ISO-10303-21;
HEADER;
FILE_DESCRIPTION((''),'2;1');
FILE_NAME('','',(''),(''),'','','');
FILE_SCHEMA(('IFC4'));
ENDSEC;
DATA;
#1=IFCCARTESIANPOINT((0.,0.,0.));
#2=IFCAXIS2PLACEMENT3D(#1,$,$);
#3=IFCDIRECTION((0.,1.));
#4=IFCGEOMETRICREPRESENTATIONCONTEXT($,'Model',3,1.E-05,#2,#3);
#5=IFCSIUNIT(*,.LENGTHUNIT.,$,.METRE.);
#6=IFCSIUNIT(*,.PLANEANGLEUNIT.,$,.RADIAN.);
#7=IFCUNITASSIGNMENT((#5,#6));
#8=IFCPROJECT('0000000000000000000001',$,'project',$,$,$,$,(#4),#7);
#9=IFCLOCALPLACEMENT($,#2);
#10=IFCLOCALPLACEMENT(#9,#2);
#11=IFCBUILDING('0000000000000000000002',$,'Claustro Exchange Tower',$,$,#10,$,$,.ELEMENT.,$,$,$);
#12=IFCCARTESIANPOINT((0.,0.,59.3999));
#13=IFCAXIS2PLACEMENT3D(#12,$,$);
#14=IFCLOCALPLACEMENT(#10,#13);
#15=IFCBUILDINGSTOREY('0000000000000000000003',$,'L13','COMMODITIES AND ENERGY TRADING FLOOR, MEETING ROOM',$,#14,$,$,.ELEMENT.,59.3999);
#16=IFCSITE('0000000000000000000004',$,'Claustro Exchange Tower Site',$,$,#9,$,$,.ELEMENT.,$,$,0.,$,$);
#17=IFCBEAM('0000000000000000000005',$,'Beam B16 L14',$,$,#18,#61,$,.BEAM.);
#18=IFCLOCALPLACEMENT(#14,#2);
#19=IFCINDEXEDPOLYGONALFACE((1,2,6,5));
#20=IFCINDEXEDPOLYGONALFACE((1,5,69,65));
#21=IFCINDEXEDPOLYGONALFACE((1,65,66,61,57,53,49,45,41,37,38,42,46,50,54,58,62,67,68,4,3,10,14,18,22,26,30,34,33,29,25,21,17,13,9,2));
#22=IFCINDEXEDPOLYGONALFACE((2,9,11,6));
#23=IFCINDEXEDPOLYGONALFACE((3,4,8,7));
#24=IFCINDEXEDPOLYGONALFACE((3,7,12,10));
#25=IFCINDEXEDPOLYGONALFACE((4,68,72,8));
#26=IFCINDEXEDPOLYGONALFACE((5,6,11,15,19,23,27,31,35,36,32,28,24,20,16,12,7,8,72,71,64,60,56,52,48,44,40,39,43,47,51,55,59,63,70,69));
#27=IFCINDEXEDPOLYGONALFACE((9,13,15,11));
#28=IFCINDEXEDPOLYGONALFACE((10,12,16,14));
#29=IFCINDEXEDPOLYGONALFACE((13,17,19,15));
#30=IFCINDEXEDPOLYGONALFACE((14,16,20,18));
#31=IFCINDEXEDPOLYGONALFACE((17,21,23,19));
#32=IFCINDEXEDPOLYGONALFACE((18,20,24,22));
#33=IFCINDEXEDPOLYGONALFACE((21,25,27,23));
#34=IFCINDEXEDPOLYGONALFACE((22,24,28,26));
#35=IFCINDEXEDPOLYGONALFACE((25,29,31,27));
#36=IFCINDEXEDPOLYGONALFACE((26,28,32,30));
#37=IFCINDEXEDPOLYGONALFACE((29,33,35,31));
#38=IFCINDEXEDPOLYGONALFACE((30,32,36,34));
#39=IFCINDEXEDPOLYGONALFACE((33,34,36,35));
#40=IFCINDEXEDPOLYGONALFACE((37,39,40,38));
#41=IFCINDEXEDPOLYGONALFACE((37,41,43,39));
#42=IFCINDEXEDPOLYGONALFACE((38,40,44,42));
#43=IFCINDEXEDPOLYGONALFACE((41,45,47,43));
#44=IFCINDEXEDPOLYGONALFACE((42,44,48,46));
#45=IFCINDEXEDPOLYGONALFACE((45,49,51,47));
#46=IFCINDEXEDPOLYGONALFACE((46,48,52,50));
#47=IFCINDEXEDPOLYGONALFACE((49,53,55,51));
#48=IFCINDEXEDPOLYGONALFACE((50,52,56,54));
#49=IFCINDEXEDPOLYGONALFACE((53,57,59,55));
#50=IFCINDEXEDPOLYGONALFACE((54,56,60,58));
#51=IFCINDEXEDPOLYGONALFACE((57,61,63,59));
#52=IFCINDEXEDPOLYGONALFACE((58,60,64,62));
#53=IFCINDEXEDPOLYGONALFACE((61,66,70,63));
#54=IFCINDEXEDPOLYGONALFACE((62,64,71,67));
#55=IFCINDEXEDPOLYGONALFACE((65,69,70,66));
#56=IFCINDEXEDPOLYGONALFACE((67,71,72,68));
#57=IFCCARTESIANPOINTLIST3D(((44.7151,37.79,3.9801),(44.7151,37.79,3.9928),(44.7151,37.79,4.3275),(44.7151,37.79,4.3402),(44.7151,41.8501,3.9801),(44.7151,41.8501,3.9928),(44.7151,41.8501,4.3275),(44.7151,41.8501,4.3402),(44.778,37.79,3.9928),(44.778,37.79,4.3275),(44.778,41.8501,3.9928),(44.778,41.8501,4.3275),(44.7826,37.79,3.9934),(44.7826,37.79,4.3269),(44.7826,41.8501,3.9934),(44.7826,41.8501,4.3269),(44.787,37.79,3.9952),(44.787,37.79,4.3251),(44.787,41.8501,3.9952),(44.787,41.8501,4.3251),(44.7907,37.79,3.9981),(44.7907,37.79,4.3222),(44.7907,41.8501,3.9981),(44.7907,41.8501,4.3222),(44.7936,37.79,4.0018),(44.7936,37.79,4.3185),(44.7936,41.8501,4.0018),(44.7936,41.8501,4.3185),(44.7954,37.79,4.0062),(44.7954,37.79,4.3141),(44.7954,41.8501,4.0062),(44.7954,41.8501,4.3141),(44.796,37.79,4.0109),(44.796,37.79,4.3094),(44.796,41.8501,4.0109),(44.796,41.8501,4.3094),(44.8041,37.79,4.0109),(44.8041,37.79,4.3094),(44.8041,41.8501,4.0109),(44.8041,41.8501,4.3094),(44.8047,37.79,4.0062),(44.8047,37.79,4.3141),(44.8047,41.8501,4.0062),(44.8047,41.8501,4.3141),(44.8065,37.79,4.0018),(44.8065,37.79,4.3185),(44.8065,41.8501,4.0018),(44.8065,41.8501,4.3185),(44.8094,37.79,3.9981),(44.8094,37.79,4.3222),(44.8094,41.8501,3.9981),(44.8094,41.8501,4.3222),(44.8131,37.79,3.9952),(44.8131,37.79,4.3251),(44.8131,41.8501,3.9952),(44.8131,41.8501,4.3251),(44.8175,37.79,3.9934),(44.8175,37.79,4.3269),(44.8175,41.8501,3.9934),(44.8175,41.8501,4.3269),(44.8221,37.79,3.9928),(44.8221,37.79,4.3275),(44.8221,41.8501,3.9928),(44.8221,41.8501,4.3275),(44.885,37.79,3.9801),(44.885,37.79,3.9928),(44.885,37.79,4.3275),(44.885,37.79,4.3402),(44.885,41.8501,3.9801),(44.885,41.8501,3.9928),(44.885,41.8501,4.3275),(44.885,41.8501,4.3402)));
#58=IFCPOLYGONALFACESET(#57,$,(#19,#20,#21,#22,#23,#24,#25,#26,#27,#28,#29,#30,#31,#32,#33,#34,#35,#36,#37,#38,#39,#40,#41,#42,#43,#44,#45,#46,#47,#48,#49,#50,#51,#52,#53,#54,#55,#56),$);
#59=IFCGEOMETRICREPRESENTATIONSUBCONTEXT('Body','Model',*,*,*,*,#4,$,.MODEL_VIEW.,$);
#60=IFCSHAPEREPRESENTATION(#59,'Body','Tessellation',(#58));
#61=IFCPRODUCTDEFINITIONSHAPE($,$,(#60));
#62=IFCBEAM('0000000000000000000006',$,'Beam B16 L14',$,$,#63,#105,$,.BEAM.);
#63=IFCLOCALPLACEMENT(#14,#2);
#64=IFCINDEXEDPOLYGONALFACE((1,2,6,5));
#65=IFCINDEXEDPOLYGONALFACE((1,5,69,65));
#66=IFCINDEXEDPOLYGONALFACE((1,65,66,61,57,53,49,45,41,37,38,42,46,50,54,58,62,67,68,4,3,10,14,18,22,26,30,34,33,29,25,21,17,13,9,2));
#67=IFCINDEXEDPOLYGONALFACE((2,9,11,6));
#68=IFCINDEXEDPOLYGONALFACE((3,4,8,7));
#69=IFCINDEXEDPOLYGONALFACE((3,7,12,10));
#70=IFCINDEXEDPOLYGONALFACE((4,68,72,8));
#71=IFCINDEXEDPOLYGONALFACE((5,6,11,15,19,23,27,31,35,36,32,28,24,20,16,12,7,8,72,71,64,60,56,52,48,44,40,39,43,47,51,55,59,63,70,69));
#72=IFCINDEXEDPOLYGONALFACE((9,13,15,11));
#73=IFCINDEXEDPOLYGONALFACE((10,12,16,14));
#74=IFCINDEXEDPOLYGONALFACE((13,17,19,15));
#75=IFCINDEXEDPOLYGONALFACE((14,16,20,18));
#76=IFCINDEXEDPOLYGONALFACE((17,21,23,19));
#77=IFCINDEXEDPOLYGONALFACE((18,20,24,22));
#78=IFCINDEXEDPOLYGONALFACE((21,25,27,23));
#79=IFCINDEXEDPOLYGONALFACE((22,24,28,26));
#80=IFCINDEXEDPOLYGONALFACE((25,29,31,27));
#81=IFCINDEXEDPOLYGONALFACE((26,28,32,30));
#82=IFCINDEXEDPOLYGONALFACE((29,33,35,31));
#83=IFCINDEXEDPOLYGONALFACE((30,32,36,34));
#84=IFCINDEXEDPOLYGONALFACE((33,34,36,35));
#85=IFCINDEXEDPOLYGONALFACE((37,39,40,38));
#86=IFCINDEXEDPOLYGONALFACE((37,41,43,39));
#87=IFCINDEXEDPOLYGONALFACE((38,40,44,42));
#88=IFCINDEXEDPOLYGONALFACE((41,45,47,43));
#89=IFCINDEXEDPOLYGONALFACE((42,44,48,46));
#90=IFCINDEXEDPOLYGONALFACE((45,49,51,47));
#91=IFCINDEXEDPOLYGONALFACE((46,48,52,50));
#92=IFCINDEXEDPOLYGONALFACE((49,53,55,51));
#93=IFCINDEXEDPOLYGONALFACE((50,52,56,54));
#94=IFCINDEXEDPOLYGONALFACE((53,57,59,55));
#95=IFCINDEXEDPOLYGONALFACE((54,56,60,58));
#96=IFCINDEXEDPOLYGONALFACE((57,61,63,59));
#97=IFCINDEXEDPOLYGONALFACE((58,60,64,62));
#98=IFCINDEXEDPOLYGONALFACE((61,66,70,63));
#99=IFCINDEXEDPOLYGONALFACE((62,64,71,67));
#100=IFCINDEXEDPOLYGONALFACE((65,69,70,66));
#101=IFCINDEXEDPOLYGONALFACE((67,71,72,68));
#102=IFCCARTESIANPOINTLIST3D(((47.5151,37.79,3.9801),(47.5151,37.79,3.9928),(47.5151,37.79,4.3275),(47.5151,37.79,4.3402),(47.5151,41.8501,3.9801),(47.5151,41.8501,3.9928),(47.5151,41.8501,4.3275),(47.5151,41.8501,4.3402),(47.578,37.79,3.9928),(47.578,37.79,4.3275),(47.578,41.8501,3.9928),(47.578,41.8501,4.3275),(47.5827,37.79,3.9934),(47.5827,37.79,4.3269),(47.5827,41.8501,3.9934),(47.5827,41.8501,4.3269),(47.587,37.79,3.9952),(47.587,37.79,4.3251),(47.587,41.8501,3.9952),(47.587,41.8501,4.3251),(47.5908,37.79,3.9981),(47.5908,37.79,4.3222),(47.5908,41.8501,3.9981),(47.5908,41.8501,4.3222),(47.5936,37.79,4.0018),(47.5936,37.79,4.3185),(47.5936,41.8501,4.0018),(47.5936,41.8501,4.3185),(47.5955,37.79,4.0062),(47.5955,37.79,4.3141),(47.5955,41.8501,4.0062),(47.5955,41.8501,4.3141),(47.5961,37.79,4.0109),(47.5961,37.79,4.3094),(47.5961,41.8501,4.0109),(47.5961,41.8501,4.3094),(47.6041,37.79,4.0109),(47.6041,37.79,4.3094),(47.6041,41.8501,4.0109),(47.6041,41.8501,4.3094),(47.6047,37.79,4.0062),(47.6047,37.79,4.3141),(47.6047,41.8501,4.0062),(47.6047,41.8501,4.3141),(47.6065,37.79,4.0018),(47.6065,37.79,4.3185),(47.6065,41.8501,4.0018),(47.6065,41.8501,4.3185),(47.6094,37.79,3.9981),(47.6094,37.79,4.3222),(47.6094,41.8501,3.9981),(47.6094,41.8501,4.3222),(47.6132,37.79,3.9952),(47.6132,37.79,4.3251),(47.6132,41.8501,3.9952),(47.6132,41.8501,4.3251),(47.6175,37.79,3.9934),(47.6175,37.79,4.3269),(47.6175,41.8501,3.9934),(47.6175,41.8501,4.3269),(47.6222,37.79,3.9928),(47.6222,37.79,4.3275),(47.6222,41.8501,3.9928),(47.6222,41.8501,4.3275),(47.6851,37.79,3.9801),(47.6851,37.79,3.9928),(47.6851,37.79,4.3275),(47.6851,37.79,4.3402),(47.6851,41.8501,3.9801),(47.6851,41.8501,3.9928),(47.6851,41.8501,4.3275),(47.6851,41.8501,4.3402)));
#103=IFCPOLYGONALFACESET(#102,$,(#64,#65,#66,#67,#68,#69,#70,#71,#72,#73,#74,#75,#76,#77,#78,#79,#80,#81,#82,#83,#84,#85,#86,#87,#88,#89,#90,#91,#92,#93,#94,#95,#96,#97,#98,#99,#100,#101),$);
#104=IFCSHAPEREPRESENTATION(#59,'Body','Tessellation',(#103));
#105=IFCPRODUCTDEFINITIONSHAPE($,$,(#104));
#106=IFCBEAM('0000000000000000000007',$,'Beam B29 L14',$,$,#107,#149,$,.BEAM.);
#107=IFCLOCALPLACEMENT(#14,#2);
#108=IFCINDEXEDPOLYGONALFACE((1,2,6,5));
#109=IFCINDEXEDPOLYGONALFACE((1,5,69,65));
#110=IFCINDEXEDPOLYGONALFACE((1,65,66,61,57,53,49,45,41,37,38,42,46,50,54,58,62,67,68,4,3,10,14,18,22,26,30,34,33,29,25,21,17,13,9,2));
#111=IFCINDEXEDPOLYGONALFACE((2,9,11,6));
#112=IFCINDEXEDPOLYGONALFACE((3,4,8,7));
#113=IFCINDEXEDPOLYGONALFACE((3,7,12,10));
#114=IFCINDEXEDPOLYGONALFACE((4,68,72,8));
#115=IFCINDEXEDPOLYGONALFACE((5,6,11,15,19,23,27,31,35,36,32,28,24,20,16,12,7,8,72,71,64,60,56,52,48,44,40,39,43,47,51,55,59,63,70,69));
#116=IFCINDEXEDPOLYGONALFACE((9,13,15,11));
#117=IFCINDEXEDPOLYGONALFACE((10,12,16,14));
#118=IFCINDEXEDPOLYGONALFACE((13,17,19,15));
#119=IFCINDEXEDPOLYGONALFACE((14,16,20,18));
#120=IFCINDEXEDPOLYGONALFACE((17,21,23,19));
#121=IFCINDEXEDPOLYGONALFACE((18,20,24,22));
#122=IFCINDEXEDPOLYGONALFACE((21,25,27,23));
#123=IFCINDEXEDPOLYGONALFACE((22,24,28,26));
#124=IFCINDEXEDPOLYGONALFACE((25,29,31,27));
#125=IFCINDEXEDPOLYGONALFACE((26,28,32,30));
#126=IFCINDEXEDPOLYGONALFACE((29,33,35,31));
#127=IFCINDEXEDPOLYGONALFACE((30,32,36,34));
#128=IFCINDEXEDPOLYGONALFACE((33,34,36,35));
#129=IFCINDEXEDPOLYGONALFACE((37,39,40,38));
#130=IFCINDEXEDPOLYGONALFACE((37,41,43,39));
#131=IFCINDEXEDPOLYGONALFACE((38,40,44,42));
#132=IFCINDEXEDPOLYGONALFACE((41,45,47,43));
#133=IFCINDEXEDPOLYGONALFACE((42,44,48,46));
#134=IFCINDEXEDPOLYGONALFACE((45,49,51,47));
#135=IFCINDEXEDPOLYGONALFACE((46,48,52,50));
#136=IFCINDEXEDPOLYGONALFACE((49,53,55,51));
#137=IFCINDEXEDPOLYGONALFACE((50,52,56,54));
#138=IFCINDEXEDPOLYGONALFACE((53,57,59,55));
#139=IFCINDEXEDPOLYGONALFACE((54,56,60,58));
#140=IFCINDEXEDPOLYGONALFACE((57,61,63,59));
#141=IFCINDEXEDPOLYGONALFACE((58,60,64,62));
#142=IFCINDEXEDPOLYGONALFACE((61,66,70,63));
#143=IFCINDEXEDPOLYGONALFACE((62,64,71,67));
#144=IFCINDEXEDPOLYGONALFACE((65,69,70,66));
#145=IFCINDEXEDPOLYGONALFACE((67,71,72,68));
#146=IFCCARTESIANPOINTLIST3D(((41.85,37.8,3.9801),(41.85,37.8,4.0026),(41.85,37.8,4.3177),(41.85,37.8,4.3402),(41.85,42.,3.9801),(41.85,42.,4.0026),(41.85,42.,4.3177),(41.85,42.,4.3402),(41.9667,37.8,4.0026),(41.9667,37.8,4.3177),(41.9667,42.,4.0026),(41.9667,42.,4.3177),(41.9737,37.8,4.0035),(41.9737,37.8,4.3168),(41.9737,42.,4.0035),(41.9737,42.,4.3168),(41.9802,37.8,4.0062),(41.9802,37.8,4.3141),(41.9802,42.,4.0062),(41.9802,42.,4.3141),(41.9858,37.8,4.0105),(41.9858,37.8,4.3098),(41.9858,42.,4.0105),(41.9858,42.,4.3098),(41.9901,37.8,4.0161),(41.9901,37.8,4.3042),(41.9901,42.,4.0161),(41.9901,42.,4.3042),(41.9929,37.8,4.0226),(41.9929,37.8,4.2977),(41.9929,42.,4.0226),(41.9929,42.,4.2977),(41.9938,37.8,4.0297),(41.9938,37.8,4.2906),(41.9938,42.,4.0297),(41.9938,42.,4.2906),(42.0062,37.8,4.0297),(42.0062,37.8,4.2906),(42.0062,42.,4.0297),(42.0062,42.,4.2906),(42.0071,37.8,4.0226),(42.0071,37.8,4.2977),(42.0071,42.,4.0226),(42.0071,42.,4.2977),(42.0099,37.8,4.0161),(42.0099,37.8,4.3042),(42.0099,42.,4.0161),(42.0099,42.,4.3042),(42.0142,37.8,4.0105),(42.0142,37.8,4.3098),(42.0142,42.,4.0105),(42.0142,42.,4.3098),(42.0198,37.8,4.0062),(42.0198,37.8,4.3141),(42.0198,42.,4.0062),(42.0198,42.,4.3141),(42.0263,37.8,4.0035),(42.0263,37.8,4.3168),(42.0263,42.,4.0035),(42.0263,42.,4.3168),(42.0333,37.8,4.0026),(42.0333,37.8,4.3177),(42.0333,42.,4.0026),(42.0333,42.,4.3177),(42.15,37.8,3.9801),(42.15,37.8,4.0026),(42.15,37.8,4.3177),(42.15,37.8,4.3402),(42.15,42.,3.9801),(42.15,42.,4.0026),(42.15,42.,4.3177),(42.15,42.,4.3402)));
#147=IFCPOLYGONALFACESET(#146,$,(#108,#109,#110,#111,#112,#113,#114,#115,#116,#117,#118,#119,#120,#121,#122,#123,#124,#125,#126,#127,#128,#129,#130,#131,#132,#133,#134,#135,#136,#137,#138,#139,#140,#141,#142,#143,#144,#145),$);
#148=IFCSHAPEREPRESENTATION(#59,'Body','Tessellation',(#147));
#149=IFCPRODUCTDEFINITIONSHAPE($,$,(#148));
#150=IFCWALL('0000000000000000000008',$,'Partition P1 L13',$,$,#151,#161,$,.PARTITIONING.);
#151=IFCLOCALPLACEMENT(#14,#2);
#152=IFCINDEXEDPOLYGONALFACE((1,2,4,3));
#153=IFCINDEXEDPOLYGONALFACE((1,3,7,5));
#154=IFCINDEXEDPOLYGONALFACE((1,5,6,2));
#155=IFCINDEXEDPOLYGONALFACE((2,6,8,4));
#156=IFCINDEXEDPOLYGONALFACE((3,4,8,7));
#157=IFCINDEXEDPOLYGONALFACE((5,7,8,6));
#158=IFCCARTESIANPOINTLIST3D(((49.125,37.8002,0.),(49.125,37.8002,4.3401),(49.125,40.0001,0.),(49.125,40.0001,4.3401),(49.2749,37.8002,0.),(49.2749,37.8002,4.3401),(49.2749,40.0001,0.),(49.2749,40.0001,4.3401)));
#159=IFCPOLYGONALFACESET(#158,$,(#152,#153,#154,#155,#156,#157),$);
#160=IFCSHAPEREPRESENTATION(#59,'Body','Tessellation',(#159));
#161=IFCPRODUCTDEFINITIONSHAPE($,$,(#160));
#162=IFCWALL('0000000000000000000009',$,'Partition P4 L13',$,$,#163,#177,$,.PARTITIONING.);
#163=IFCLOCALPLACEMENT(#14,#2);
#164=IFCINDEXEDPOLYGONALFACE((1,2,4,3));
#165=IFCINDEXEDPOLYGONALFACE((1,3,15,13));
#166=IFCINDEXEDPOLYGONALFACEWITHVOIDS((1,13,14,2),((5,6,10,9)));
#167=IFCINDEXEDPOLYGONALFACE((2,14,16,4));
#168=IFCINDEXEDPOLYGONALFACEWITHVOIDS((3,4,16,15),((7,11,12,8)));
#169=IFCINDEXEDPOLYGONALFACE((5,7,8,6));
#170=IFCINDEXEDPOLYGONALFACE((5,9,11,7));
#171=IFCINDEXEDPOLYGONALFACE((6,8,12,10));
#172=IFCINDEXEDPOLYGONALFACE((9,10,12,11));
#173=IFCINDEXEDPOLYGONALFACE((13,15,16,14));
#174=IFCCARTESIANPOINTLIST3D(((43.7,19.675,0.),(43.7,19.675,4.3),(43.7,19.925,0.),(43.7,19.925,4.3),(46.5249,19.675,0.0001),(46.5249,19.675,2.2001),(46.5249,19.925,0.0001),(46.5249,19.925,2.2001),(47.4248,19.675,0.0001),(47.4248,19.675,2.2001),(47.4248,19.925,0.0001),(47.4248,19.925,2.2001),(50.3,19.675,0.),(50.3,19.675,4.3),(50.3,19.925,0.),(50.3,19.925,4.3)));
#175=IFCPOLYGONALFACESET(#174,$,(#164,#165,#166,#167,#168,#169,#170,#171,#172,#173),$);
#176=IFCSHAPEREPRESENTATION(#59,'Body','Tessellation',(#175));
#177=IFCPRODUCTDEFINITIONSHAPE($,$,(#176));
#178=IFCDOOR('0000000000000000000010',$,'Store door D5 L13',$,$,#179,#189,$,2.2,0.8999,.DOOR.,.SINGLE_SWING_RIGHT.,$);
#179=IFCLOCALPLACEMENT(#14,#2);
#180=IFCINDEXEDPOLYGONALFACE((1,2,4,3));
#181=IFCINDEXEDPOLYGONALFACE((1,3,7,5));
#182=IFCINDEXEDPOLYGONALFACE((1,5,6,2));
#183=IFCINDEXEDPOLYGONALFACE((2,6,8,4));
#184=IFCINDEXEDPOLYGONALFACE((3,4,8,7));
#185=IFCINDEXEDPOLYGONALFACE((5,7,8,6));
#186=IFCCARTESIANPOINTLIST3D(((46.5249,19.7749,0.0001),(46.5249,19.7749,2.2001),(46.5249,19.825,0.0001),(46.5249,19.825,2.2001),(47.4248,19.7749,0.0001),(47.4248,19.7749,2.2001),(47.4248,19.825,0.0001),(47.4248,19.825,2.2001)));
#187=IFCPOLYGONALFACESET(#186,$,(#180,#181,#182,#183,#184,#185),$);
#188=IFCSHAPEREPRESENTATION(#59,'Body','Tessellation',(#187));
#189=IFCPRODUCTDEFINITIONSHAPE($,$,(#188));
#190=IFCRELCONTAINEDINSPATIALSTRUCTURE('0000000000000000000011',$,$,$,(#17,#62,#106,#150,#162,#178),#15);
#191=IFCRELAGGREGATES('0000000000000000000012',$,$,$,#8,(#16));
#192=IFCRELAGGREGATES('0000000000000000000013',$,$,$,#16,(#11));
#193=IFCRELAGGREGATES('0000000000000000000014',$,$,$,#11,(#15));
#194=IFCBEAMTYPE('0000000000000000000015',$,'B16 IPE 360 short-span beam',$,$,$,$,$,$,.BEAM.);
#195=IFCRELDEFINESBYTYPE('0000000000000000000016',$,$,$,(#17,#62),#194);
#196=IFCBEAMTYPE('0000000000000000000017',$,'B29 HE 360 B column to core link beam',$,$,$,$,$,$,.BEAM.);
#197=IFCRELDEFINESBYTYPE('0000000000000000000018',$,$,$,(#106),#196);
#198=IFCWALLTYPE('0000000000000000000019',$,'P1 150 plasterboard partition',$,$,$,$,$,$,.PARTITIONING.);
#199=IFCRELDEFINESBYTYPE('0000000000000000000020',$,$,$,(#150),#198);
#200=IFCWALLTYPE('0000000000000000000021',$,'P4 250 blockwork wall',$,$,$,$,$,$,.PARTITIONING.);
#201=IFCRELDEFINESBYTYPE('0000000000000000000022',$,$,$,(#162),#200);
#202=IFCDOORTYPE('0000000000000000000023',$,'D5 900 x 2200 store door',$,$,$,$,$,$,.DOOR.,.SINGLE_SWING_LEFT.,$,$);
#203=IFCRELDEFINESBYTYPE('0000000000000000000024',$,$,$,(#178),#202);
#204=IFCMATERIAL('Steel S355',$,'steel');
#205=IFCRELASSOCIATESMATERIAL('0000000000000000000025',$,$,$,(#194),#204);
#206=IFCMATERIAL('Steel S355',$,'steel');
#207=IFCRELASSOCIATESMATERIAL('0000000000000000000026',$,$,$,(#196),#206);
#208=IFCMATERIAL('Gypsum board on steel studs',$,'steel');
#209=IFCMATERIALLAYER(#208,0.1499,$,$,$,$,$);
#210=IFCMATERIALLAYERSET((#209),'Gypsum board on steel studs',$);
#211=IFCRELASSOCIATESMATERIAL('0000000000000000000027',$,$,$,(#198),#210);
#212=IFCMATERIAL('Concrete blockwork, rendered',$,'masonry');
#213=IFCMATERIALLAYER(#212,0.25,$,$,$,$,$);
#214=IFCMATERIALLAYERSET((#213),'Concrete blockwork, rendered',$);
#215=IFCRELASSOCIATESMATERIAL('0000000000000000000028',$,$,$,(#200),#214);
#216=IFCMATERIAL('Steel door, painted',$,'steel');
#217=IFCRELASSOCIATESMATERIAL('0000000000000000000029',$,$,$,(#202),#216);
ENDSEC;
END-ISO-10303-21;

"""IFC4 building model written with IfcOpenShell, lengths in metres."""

from ifc_helpers import new_model, si_unit, direction, frame, frame_2d, origin, origin_2d, place, context, subcontext, project, spatial, rectangle, i_section, extrude, material, layer, layer_set, material_profile, profile_set, type_object, element, fill, save


model = new_model("IFC4")

# Units and contexts
model_context = context("Model", 3, precision=1e-05, world=origin(), true_north=direction((0.0, 1.0)))
body_context = subcontext(model_context, "Body", "Model", "MODEL_VIEW")
ifc_project = project(units=[si_unit("LENGTHUNIT", "METRE"), si_unit("PLANEANGLEUNIT", "RADIAN")], contexts=[model_context])

# Site, building, storey
site_placement = place(None, origin())
site = spatial("IfcSite", under=ifc_project, at=site_placement, Name="Claustro Exchange Tower Site", CompositionType="ELEMENT", RefElevation=0.0)
building_placement = place(site_placement, origin())
building = spatial("IfcBuilding", under=site, at=building_placement, Name="Claustro Exchange Tower", CompositionType="ELEMENT")
storey_placement = place(building_placement, frame((0.0, 0.0, 59.3999)))
storey = spatial("IfcBuildingStorey", under=building, at=storey_placement, Name="L13", Description="COMMODITIES AND ENERGY TRADING FLOOR, MEETING ROOM", CompositionType="ELEMENT", Elevation=59.3999)

# Beams
ifc_material_1 = material(Name="Steel S355", Category="steel")
ifc_material_profile_1 = material_profile(ifc_material_1, i_section(OverallWidth=0.1699, OverallDepth=0.3601, WebThickness=0.0081, FlangeThickness=0.0127, FilletRadius=0.0181, at=origin_2d()), Name="IPE 360")
ifc_profile_set_1 = profile_set([ifc_material_profile_1], Name="Steel S355")
beam_type_1 = type_object("IfcBeamType", Name="B16 IPE 360 short-span beam", PredefinedType="BEAM", material=ifc_profile_set_1)
for number, where, z_axis, x_axis, name in (
    (1, (44.8, 37.79, 4.1602), (0.0, 1.0, 0.0), (-1.0, 0.0, 0.0), "Beam B16 L14"),
    (2, (47.6001, 37.79, 4.1602), (0.0, 1.0, 0.0), (-1.0, 0.0, 0.0), "Beam B16 L14"),
):
    element("IfcBeam", number, at=place(storey_placement, frame(where, z_axis=z_axis, x_axis=x_axis)), inside=storey, type_object=beam_type_1, Name=name, PredefinedType="BEAM", context=body_context, shape_type="SweptSolid", body=[
        extrude(i_section(OverallWidth=0.1699, OverallDepth=0.3601, WebThickness=0.0081, FlangeThickness=0.0127, FilletRadius=0.0181, at=origin_2d()), origin(), (0.0, 0.0, 1.0), 4.0601),
    ])
ifc_material_2 = material(Name="Steel S355", Category="steel")
ifc_material_profile_2 = material_profile(ifc_material_2, i_section(OverallWidth=0.3, OverallDepth=0.3601, WebThickness=0.0125, FlangeThickness=0.0225, FilletRadius=0.0271, at=origin_2d()), Name="HE 360 B")
ifc_profile_set_2 = profile_set([ifc_material_profile_2], Name="Steel S355")
beam_type_2 = type_object("IfcBeamType", Name="B29 HE 360 B column to core link beam", PredefinedType="BEAM", material=ifc_profile_set_2)
beam_placement = place(storey_placement, frame((42.0, 37.8, 4.1602), z_axis=(0.0, 1.0, 0.0), x_axis=(-1.0, 0.0, 0.0)))
element("IfcBeam", 3, at=beam_placement, inside=storey, type_object=beam_type_2, Name="Beam B29 L14", PredefinedType="BEAM", context=body_context, shape_type="SweptSolid", body=[
    extrude(i_section(OverallWidth=0.3, OverallDepth=0.3601, WebThickness=0.0125, FlangeThickness=0.0225, FilletRadius=0.0271, at=origin_2d()), origin(), (0.0, 0.0, 1.0), 4.2),
])

# Wall
ifc_material_3 = material(Name="Gypsum board on steel studs", Category="steel")
ifc_layer_1 = layer(ifc_material_3, 0.1499)
ifc_layer_set_1 = layer_set([ifc_layer_1], Name="Gypsum board on steel studs")
wall_type_1 = type_object("IfcWallType", Name="P1 150 plasterboard partition", PredefinedType="PARTITIONING", material=ifc_layer_set_1)
wall_1_placement = place(storey_placement, frame((49.2, 37.8, 0.0), z_axis=(0.0, 0.0, 1.0), x_axis=(0.0, 1.0, 0.0)))
element("IfcWall", 4, at=wall_1_placement, inside=storey, type_object=wall_type_1, Name="Partition P1 L13", PredefinedType="PARTITIONING", context=body_context, shape_type="SweptSolid", body=[
    extrude(rectangle(XDim=2.2, YDim=0.1499, at=frame_2d((1.1001, 0.0))), origin(), (0.0, 0.0, 1.0), 4.3401),
])

# Wall, opening, door
ifc_material_4 = material(Name="Concrete blockwork, rendered", Category="masonry")
ifc_layer_2 = layer(ifc_material_4, 0.25)
ifc_layer_set_2 = layer_set([ifc_layer_2], Name="Concrete blockwork, rendered")
wall_type_2 = type_object("IfcWallType", Name="P4 250 blockwork wall", PredefinedType="PARTITIONING", material=ifc_layer_set_2)
wall_2_placement = place(storey_placement, frame((43.7, 19.8, 0.0), z_axis=(0.0, 0.0, 1.0), x_axis=(1.0, 0.0, 0.0)))
wall_2 = element("IfcWall", 5, at=wall_2_placement, inside=storey, type_object=wall_type_2, Name="Partition P4 L13", PredefinedType="PARTITIONING", context=body_context, shape_type="SweptSolid", body=[
    extrude(rectangle(XDim=6.6001, YDim=0.25, at=frame_2d((3.3, 0.0))), origin(), (0.0, 0.0, 1.0), 4.3),
])
opening_placement = place(wall_2_placement, frame((2.825, 0.0, 0.0)))
opening = element("IfcOpeningElement", 6, at=opening_placement, cuts=wall_2, PredefinedType="OPENING", context=body_context, shape_type="SweptSolid", body=[
    extrude(rectangle(XDim=0.8999, YDim=2.2, at=frame_2d((0.45, 1.1001))), frame((0.0, 0.135, 0.0), z_axis=(0.0, -1.0, 0.0), x_axis=(1.0, 0.0, 0.0)), (0.0, 0.0, 1.0), 0.27),
])
ifc_material_5 = material(Name="Steel door, painted", Category="steel")
door_type = type_object("IfcDoorType", Name="D5 900 x 2200 store door", OperationType="SINGLE_SWING_LEFT", PredefinedType="DOOR", material=ifc_material_5)
door_placement = place(opening_placement, origin())
door = element("IfcDoor", 7, at=door_placement, inside=storey, type_object=door_type, Name="Store door D5 L13", OperationType="SINGLE_SWING_RIGHT", OverallHeight=2.2, OverallWidth=0.8999, PredefinedType="DOOR", context=body_context, shape_type="SweptSolid", body=[
    extrude(rectangle(XDim=0.8999, YDim=2.2, at=frame_2d((0.45, 1.1001))), frame((0.0, 0.0249, 0.0), z_axis=(0.0, -1.0, 0.0), x_axis=(1.0, 0.0, 0.0)), (0.0, 0.0, 1.0), 0.05),
])
fill(opening, door)

save(model, "model.ifc")
